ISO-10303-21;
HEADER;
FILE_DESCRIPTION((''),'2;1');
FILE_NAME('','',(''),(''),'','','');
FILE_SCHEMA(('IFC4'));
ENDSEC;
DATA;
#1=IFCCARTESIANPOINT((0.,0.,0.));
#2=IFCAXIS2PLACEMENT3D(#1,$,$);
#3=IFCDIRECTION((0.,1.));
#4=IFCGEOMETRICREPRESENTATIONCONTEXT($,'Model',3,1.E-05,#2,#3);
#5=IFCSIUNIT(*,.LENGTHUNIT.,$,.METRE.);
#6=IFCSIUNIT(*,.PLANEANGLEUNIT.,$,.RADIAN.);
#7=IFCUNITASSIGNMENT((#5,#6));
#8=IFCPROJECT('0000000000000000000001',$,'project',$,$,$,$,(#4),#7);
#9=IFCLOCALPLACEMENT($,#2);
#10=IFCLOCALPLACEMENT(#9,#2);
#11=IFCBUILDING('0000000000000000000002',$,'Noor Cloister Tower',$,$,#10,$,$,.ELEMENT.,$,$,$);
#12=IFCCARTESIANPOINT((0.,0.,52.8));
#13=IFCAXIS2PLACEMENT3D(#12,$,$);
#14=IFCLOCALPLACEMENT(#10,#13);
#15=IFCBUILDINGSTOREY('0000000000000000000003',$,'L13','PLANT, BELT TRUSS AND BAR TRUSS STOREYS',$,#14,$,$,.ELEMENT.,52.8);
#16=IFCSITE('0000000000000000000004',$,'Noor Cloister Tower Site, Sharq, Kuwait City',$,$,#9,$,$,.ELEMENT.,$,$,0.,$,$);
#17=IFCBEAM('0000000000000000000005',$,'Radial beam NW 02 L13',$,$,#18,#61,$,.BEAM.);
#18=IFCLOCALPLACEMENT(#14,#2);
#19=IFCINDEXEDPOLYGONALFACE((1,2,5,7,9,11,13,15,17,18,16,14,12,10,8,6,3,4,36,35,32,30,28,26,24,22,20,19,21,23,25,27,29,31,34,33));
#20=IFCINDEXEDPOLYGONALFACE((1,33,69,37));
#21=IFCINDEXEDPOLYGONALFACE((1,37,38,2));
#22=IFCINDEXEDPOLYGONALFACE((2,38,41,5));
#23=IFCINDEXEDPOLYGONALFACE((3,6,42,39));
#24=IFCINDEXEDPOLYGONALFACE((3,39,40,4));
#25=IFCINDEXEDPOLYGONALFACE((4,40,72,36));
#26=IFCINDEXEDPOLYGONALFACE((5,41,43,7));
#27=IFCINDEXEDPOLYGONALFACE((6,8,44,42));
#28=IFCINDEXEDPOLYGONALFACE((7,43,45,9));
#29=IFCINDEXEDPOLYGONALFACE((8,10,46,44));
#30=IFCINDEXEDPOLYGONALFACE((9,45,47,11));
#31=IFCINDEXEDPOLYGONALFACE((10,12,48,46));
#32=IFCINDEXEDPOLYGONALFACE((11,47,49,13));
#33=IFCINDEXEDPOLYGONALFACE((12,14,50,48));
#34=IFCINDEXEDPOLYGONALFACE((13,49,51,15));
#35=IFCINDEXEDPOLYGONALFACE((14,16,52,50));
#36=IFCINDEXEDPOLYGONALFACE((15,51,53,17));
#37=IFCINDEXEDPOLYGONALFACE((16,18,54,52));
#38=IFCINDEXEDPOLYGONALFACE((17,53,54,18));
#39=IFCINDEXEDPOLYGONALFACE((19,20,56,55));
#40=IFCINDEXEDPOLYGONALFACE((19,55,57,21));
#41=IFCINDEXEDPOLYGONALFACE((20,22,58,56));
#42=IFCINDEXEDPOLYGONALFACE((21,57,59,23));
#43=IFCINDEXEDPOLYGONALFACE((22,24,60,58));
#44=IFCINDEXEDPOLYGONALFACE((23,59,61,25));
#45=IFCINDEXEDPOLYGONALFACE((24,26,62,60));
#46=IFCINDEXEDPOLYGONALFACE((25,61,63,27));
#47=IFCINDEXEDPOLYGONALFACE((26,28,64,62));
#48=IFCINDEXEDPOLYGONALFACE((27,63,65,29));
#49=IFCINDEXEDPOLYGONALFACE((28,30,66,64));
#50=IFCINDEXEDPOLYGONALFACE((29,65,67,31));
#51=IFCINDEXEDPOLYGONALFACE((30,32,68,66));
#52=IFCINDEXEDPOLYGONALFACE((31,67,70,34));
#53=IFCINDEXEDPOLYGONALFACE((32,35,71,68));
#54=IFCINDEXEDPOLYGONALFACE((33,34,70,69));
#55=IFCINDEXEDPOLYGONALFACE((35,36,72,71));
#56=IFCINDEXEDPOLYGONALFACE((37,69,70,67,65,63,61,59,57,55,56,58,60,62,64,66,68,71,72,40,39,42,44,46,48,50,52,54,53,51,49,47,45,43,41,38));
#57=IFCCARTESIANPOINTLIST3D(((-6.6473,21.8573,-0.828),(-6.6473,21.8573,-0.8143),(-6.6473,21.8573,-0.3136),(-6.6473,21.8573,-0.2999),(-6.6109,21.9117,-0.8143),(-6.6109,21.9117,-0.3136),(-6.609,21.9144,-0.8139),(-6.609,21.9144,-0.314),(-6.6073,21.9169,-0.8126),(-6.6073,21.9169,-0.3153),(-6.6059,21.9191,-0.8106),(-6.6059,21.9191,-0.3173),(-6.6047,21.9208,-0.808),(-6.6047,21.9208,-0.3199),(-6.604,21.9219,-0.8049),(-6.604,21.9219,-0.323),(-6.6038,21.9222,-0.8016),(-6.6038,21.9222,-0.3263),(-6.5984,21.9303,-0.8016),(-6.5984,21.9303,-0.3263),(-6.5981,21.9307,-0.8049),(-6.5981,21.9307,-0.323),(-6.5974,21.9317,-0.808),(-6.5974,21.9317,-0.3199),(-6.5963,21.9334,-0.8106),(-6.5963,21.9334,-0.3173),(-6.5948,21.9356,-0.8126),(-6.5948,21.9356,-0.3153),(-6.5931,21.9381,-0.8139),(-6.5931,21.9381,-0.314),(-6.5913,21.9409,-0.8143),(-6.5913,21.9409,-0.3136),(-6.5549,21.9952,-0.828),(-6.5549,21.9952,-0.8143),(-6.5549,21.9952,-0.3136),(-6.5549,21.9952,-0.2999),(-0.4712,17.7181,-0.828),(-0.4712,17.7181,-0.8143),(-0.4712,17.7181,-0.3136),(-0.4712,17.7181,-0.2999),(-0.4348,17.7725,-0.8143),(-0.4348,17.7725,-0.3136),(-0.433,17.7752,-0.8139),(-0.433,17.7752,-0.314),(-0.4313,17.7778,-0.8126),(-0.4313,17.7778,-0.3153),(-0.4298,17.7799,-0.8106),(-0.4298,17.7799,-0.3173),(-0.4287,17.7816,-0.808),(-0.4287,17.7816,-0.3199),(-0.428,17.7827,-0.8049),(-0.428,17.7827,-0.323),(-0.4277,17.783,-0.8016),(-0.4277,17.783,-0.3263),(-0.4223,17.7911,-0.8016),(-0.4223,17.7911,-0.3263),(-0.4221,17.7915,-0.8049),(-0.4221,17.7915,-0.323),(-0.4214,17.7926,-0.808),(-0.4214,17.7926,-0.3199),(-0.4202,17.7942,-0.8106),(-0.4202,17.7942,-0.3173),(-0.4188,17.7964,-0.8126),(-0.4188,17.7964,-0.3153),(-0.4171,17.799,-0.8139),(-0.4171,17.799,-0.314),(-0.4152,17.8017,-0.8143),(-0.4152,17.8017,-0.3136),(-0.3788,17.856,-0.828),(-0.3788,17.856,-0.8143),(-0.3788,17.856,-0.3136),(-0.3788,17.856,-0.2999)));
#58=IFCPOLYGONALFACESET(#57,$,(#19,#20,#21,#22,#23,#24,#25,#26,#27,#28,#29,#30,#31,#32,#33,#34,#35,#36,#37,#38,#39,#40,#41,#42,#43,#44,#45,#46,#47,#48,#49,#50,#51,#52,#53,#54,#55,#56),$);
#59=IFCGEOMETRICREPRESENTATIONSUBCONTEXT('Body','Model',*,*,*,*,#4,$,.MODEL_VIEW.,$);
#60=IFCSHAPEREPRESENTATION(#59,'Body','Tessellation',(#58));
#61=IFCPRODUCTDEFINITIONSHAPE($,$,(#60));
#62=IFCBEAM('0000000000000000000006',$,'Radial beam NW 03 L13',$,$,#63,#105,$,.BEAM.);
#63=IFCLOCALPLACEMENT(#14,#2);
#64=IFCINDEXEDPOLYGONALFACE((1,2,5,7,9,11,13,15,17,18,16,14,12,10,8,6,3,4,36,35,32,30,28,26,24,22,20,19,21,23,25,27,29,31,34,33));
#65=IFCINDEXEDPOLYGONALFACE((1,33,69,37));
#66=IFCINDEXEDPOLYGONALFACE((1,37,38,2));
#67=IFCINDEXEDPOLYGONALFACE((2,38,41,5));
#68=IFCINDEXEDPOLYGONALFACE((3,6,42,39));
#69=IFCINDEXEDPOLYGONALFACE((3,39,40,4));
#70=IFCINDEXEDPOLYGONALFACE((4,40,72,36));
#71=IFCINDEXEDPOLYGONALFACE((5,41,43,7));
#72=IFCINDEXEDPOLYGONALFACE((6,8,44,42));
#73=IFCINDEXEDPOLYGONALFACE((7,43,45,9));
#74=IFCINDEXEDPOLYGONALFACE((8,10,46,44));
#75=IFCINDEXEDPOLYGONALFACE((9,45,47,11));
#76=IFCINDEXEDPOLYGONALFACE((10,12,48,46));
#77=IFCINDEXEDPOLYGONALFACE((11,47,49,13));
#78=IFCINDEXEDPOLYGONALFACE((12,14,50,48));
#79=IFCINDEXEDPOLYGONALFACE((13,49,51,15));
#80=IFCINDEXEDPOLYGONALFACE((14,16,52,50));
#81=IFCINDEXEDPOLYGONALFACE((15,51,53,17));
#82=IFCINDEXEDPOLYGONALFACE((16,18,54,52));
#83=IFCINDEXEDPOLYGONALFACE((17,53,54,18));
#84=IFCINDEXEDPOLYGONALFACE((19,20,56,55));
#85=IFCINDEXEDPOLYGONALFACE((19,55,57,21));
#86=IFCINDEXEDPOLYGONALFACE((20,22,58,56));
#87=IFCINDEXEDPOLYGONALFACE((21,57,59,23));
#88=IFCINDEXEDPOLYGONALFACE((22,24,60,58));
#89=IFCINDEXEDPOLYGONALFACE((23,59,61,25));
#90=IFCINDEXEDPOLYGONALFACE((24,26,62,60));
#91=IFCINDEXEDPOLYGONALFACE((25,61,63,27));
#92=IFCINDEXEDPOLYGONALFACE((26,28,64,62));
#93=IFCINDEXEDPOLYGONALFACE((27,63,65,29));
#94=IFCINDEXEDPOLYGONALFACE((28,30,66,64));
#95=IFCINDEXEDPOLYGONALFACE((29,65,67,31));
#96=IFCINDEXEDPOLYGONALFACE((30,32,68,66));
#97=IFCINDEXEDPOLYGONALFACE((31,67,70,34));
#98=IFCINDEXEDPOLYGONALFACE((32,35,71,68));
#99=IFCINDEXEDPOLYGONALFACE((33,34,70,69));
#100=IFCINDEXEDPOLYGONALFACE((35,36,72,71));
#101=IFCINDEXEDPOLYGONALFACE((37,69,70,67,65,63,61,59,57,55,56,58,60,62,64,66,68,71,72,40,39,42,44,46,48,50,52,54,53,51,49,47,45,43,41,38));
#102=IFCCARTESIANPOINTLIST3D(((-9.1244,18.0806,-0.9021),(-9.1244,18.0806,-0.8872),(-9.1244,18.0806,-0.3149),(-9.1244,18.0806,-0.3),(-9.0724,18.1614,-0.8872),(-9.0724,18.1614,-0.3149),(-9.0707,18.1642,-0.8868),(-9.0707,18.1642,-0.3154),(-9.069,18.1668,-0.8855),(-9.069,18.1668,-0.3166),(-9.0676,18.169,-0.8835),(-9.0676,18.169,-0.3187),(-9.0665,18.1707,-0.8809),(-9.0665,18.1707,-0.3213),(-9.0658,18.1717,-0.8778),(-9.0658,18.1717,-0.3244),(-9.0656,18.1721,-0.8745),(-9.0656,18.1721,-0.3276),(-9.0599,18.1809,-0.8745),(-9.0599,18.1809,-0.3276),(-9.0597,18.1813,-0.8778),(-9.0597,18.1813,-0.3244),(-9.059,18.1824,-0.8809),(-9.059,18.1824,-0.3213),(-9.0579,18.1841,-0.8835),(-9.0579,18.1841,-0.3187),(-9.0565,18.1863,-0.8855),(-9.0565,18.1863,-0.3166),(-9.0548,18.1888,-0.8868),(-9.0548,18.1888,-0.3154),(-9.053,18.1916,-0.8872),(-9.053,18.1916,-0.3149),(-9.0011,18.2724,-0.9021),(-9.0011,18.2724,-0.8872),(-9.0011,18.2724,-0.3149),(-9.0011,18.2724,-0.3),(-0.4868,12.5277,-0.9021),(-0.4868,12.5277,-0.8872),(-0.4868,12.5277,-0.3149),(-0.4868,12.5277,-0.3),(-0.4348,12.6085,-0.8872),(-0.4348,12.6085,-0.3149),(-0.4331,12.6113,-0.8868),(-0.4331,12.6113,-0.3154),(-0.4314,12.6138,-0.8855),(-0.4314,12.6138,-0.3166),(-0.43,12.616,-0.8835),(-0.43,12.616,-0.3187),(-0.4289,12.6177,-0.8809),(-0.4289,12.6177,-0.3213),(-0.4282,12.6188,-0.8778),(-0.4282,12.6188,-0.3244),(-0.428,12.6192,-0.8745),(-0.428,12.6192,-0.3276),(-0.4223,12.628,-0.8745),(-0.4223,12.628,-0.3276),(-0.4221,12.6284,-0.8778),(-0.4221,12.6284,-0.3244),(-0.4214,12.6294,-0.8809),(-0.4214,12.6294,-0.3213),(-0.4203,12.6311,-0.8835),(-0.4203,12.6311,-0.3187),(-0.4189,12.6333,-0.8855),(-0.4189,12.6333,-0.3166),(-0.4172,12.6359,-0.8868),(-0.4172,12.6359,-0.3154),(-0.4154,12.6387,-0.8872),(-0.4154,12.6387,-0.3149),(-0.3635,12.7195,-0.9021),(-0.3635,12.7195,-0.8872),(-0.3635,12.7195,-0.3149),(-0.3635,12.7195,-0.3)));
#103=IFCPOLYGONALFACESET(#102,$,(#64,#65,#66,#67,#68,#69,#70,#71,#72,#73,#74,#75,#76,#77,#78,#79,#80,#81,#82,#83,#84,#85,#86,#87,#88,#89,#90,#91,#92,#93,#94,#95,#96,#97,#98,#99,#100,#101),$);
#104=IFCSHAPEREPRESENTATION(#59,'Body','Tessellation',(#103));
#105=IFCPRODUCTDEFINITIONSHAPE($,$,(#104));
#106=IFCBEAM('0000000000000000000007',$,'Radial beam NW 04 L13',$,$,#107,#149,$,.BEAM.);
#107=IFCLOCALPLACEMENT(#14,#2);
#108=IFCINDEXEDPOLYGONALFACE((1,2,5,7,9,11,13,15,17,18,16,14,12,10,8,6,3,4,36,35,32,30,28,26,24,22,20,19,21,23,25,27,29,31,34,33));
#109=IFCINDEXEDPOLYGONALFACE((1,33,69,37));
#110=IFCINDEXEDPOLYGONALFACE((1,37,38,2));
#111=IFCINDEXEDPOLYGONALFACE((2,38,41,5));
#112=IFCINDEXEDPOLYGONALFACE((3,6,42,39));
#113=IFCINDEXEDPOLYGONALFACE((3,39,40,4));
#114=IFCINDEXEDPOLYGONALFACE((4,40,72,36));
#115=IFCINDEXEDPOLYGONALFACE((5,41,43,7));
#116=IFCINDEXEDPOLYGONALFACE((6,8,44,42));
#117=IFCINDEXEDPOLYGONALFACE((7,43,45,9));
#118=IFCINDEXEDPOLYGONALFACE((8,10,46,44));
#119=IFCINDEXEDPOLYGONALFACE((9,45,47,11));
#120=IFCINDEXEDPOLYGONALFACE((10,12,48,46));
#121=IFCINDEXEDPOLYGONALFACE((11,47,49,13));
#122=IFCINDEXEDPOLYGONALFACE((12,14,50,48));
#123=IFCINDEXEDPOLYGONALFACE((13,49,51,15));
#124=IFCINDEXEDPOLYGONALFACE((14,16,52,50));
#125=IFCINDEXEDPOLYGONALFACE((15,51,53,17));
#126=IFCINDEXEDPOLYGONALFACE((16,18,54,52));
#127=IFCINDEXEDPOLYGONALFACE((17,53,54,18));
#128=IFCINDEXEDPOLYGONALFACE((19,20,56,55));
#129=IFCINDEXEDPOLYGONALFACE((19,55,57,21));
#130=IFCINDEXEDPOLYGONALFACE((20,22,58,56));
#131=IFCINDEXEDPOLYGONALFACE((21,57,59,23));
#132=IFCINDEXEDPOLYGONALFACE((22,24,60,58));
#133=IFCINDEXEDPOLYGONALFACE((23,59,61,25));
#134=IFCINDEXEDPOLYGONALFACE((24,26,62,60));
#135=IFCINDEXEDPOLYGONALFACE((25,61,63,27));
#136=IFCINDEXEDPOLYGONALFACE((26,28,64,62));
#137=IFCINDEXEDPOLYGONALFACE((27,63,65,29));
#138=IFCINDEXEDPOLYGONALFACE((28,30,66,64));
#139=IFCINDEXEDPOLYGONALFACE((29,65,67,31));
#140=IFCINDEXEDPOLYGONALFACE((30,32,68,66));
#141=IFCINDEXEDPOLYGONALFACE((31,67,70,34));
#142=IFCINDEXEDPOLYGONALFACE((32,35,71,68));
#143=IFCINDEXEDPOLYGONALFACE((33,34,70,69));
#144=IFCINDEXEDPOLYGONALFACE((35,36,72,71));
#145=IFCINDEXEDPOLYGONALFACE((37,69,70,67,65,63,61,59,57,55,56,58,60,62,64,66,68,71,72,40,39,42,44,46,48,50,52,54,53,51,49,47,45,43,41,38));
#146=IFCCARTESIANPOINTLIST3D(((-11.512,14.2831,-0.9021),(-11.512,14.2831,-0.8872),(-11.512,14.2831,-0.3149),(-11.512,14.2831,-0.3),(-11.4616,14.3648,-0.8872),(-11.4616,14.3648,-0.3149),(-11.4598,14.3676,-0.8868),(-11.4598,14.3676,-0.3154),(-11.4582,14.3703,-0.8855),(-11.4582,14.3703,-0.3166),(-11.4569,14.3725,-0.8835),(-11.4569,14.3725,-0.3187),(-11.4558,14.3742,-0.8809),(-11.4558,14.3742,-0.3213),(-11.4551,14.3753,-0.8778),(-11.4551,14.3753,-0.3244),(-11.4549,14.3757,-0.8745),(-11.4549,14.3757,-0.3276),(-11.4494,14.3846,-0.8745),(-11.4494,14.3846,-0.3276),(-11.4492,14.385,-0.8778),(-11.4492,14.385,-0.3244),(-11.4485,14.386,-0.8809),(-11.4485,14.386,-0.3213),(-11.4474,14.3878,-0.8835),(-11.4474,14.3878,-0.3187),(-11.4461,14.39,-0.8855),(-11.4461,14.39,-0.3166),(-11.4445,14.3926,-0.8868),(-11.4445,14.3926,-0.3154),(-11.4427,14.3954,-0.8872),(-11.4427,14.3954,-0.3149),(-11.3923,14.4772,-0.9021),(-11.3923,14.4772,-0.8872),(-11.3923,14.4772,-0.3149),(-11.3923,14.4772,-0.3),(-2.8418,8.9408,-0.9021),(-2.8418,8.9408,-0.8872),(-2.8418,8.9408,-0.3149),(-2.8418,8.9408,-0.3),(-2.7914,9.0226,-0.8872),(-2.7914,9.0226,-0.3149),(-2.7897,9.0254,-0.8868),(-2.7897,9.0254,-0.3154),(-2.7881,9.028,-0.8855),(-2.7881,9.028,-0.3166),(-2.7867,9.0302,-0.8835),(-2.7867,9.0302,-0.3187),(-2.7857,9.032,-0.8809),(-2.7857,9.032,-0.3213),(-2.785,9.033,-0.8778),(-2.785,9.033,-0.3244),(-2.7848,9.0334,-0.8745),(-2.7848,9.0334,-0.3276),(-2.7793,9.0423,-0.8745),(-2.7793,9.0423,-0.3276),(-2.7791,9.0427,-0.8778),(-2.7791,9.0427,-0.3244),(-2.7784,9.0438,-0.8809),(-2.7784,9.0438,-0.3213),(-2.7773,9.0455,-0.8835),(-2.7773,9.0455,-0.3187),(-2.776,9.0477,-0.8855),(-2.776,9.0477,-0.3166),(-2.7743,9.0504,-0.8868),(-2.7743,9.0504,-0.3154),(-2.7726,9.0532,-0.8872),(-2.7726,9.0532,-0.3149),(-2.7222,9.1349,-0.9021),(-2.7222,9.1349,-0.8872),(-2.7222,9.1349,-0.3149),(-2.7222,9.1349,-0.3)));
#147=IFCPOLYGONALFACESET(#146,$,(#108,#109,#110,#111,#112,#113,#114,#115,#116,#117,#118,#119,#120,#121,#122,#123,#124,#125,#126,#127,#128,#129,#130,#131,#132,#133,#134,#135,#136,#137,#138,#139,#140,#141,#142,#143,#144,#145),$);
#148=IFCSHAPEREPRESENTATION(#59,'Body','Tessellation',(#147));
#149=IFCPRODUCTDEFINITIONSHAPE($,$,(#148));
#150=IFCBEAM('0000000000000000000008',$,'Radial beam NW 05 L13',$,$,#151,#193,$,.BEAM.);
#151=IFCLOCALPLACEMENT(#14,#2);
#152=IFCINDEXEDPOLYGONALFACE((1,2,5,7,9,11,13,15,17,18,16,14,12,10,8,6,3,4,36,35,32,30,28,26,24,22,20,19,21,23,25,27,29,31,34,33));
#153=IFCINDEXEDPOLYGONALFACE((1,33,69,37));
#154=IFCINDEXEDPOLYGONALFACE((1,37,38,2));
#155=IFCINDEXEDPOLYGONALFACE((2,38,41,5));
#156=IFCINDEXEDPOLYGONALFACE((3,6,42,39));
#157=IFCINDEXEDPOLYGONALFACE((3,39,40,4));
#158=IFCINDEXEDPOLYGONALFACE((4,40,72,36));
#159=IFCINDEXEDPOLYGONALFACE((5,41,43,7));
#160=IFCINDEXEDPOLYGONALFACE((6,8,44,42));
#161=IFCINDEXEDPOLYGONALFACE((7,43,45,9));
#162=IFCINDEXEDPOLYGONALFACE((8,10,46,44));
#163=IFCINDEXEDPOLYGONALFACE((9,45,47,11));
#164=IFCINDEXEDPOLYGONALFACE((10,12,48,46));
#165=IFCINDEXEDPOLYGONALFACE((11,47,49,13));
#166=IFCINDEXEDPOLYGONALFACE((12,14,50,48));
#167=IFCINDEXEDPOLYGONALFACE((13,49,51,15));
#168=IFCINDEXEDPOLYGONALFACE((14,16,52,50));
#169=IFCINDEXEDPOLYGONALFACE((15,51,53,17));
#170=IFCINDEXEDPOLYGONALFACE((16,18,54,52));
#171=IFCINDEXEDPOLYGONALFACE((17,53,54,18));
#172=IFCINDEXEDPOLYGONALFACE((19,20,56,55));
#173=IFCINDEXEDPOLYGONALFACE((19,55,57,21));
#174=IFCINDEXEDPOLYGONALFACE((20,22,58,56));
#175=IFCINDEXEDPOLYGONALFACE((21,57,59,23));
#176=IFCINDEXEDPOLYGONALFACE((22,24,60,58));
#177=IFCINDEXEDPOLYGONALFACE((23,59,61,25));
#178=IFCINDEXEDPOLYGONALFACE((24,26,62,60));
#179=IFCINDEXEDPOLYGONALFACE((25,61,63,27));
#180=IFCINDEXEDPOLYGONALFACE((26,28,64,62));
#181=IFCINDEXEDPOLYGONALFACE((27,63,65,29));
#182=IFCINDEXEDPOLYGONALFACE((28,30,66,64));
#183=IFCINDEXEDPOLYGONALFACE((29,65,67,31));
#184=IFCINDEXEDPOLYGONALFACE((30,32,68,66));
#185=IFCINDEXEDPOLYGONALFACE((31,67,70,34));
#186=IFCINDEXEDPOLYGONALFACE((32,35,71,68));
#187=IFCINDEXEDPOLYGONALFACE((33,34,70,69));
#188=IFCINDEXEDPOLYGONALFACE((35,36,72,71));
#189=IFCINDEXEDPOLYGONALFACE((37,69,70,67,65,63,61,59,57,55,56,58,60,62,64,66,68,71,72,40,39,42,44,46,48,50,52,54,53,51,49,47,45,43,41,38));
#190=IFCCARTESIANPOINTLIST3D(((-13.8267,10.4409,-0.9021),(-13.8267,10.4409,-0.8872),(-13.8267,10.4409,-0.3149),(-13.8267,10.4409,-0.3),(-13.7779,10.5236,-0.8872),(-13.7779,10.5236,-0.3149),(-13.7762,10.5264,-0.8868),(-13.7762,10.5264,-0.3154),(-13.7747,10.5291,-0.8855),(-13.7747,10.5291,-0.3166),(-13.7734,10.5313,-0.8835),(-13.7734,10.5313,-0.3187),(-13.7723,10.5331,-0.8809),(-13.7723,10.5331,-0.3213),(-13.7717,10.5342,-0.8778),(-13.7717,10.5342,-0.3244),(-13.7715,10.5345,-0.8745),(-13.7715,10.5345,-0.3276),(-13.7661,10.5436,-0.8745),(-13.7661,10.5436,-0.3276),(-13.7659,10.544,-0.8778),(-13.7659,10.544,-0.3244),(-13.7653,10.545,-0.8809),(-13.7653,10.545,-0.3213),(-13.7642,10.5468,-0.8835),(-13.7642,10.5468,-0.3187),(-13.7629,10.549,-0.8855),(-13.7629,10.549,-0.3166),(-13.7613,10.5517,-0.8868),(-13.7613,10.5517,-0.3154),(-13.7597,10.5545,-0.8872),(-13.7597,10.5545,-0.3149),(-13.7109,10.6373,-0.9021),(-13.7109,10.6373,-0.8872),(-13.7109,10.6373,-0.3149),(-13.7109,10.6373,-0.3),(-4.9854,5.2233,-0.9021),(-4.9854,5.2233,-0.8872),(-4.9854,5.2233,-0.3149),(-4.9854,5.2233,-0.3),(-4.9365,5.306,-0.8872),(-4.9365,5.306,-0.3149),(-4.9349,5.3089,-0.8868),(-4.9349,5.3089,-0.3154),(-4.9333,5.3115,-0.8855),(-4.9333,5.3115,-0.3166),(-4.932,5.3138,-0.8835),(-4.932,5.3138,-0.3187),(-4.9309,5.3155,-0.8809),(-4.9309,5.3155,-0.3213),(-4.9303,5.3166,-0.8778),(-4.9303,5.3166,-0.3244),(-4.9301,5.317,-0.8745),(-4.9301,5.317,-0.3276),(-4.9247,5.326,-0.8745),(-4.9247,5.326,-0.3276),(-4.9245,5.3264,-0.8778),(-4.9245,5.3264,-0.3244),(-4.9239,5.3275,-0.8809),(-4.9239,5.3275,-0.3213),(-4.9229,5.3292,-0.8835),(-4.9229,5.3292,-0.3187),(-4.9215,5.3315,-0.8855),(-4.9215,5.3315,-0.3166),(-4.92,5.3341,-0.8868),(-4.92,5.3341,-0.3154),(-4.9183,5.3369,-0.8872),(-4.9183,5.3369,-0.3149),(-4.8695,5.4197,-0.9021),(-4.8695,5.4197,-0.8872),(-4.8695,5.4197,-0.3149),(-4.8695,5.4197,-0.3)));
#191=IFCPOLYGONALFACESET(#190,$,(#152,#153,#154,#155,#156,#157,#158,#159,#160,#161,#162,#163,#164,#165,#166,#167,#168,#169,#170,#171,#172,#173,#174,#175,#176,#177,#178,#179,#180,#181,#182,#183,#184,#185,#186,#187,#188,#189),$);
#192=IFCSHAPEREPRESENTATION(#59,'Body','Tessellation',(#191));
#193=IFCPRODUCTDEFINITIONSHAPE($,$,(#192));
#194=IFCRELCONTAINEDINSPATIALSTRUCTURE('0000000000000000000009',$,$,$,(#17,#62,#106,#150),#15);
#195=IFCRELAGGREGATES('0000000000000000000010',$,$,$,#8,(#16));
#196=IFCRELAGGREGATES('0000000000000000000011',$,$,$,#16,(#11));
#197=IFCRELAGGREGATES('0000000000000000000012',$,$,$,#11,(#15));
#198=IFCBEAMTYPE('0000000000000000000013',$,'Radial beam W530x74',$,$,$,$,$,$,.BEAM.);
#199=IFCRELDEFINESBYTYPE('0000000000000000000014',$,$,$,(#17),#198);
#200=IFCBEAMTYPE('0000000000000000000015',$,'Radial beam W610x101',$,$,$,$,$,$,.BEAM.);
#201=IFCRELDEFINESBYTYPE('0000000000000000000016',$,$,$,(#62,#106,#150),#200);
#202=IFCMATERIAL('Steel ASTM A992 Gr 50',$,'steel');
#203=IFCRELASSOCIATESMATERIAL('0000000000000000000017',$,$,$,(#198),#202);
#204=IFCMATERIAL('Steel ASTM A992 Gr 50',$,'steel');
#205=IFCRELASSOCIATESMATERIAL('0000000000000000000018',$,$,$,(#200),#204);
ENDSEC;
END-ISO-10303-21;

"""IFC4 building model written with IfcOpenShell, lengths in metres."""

from ifc_helpers import new_model, si_unit, direction, frame, origin, origin_2d, place, context, subcontext, project, spatial, i_section, extrude, material, material_profile, profile_set, type_object, element, save


model = new_model("IFC4")

# Units and contexts
model_context = context("Model", 3, precision=1e-05, world=origin(), true_north=direction((0.0, 1.0)))
body_context = subcontext(model_context, "Body", "Model", "MODEL_VIEW")
ifc_project = project(units=[si_unit("LENGTHUNIT", "METRE"), si_unit("PLANEANGLEUNIT", "RADIAN")], contexts=[model_context])

# Site, building, storey
site_placement = place(None, origin())
site = spatial("IfcSite", under=ifc_project, at=site_placement, Name="Noor Cloister Tower Site, Sharq, Kuwait City", CompositionType="ELEMENT", RefElevation=0.0)
building_placement = place(site_placement, origin())
building = spatial("IfcBuilding", under=site, at=building_placement, Name="Noor Cloister Tower", CompositionType="ELEMENT")
storey_placement = place(building_placement, frame((0.0, 0.0, 52.8)))
storey = spatial("IfcBuildingStorey", under=building, at=storey_placement, Name="L13", Description="PLANT, BELT TRUSS AND BAR TRUSS STOREYS", CompositionType="ELEMENT", Elevation=52.8)

# Beams
ifc_material_1 = material(Name="Steel ASTM A992 Gr 50", Category="steel")
ifc_material_profile_1 = material_profile(ifc_material_1, i_section(OverallWidth=0.166, OverallDepth=0.5281, WebThickness=0.0098, FlangeThickness=0.0137, FilletRadius=0.0127, at=origin_2d()), Name="W530x74")
ifc_profile_set_1 = profile_set([ifc_material_profile_1], Name="Steel ASTM A992 Gr 50")
beam_type_1 = type_object("IfcBeamType", Name="Radial beam W530x74", PredefinedType="BEAM", material=ifc_profile_set_1)
beam_1_placement = place(storey_placement, frame((-6.6011, 21.9263, -0.564), z_axis=(0.830694, -0.556729, 0.0), x_axis=(0.556729, 0.830694, 0.0)))
element("IfcBeam", 1, at=beam_1_placement, inside=storey, type_object=beam_type_1, Name="Radial beam NW 02 L13", PredefinedType="BEAM", context=body_context, shape_type="SweptSolid", body=[
    extrude(i_section(OverallWidth=0.166, OverallDepth=0.5281, WebThickness=0.0098, FlangeThickness=0.0137, FilletRadius=0.0127, at=origin_2d()), origin(), (0.0, 0.0, 1.0), 7.4348),
])
ifc_material_2 = material(Name="Steel ASTM A992 Gr 50", Category="steel")
ifc_material_profile_2 = material_profile(ifc_material_2, i_section(OverallWidth=0.228, OverallDepth=0.6021, WebThickness=0.0105, FlangeThickness=0.0149, FilletRadius=0.0127, at=origin_2d()), Name="W610x101")
ifc_profile_set_2 = profile_set([ifc_material_profile_2], Name="Steel ASTM A992 Gr 50")
beam_type_2 = type_object("IfcBeamType", Name="Radial beam W610x101", PredefinedType="BEAM", material=ifc_profile_set_2)
beam_2_placement = place(storey_placement, frame((-9.0627, 18.1765, -0.6011), z_axis=(0.841171, -0.54077, 0.0), x_axis=(0.54077, 0.841171, 0.0)))
element("IfcBeam", 2, at=beam_2_placement, inside=storey, type_object=beam_type_2, Name="Radial beam NW 03 L13", PredefinedType="BEAM", context=body_context, shape_type="SweptSolid", body=[
    extrude(i_section(OverallWidth=0.228, OverallDepth=0.6021, WebThickness=0.0105, FlangeThickness=0.0149, FilletRadius=0.0127, at=origin_2d()), origin(), (0.0, 0.0, 1.0), 10.2686),
])
beam_3_placement = place(storey_placement, frame((-11.4521, 14.3801, -0.6011), z_axis=(0.85136, -0.524582, 0.0), x_axis=(0.524582, 0.85136, 0.0)))
element("IfcBeam", 3, at=beam_3_placement, inside=storey, type_object=beam_type_2, Name="Radial beam NW 04 L13", PredefinedType="BEAM", context=body_context, shape_type="SweptSolid", body=[
    extrude(i_section(OverallWidth=0.228, OverallDepth=0.6021, WebThickness=0.0105, FlangeThickness=0.0149, FilletRadius=0.0127, at=origin_2d()), origin(), (0.0, 0.0, 1.0), 10.1838),
])
beam_4_placement = place(storey_placement, frame((-13.7688, 10.5391, -0.6011), z_axis=(0.86122, -0.508232, 0.0), x_axis=(0.508232, 0.86122, 0.0)))
element("IfcBeam", 4, at=beam_4_placement, inside=storey, type_object=beam_type_2, Name="Radial beam NW 05 L13", PredefinedType="BEAM", context=body_context, shape_type="SweptSolid", body=[
    extrude(i_section(OverallWidth=0.228, OverallDepth=0.6021, WebThickness=0.0105, FlangeThickness=0.0149, FilletRadius=0.0127, at=origin_2d()), origin(), (0.0, 0.0, 1.0), 10.2661),
])

save(model, "model.ifc")
